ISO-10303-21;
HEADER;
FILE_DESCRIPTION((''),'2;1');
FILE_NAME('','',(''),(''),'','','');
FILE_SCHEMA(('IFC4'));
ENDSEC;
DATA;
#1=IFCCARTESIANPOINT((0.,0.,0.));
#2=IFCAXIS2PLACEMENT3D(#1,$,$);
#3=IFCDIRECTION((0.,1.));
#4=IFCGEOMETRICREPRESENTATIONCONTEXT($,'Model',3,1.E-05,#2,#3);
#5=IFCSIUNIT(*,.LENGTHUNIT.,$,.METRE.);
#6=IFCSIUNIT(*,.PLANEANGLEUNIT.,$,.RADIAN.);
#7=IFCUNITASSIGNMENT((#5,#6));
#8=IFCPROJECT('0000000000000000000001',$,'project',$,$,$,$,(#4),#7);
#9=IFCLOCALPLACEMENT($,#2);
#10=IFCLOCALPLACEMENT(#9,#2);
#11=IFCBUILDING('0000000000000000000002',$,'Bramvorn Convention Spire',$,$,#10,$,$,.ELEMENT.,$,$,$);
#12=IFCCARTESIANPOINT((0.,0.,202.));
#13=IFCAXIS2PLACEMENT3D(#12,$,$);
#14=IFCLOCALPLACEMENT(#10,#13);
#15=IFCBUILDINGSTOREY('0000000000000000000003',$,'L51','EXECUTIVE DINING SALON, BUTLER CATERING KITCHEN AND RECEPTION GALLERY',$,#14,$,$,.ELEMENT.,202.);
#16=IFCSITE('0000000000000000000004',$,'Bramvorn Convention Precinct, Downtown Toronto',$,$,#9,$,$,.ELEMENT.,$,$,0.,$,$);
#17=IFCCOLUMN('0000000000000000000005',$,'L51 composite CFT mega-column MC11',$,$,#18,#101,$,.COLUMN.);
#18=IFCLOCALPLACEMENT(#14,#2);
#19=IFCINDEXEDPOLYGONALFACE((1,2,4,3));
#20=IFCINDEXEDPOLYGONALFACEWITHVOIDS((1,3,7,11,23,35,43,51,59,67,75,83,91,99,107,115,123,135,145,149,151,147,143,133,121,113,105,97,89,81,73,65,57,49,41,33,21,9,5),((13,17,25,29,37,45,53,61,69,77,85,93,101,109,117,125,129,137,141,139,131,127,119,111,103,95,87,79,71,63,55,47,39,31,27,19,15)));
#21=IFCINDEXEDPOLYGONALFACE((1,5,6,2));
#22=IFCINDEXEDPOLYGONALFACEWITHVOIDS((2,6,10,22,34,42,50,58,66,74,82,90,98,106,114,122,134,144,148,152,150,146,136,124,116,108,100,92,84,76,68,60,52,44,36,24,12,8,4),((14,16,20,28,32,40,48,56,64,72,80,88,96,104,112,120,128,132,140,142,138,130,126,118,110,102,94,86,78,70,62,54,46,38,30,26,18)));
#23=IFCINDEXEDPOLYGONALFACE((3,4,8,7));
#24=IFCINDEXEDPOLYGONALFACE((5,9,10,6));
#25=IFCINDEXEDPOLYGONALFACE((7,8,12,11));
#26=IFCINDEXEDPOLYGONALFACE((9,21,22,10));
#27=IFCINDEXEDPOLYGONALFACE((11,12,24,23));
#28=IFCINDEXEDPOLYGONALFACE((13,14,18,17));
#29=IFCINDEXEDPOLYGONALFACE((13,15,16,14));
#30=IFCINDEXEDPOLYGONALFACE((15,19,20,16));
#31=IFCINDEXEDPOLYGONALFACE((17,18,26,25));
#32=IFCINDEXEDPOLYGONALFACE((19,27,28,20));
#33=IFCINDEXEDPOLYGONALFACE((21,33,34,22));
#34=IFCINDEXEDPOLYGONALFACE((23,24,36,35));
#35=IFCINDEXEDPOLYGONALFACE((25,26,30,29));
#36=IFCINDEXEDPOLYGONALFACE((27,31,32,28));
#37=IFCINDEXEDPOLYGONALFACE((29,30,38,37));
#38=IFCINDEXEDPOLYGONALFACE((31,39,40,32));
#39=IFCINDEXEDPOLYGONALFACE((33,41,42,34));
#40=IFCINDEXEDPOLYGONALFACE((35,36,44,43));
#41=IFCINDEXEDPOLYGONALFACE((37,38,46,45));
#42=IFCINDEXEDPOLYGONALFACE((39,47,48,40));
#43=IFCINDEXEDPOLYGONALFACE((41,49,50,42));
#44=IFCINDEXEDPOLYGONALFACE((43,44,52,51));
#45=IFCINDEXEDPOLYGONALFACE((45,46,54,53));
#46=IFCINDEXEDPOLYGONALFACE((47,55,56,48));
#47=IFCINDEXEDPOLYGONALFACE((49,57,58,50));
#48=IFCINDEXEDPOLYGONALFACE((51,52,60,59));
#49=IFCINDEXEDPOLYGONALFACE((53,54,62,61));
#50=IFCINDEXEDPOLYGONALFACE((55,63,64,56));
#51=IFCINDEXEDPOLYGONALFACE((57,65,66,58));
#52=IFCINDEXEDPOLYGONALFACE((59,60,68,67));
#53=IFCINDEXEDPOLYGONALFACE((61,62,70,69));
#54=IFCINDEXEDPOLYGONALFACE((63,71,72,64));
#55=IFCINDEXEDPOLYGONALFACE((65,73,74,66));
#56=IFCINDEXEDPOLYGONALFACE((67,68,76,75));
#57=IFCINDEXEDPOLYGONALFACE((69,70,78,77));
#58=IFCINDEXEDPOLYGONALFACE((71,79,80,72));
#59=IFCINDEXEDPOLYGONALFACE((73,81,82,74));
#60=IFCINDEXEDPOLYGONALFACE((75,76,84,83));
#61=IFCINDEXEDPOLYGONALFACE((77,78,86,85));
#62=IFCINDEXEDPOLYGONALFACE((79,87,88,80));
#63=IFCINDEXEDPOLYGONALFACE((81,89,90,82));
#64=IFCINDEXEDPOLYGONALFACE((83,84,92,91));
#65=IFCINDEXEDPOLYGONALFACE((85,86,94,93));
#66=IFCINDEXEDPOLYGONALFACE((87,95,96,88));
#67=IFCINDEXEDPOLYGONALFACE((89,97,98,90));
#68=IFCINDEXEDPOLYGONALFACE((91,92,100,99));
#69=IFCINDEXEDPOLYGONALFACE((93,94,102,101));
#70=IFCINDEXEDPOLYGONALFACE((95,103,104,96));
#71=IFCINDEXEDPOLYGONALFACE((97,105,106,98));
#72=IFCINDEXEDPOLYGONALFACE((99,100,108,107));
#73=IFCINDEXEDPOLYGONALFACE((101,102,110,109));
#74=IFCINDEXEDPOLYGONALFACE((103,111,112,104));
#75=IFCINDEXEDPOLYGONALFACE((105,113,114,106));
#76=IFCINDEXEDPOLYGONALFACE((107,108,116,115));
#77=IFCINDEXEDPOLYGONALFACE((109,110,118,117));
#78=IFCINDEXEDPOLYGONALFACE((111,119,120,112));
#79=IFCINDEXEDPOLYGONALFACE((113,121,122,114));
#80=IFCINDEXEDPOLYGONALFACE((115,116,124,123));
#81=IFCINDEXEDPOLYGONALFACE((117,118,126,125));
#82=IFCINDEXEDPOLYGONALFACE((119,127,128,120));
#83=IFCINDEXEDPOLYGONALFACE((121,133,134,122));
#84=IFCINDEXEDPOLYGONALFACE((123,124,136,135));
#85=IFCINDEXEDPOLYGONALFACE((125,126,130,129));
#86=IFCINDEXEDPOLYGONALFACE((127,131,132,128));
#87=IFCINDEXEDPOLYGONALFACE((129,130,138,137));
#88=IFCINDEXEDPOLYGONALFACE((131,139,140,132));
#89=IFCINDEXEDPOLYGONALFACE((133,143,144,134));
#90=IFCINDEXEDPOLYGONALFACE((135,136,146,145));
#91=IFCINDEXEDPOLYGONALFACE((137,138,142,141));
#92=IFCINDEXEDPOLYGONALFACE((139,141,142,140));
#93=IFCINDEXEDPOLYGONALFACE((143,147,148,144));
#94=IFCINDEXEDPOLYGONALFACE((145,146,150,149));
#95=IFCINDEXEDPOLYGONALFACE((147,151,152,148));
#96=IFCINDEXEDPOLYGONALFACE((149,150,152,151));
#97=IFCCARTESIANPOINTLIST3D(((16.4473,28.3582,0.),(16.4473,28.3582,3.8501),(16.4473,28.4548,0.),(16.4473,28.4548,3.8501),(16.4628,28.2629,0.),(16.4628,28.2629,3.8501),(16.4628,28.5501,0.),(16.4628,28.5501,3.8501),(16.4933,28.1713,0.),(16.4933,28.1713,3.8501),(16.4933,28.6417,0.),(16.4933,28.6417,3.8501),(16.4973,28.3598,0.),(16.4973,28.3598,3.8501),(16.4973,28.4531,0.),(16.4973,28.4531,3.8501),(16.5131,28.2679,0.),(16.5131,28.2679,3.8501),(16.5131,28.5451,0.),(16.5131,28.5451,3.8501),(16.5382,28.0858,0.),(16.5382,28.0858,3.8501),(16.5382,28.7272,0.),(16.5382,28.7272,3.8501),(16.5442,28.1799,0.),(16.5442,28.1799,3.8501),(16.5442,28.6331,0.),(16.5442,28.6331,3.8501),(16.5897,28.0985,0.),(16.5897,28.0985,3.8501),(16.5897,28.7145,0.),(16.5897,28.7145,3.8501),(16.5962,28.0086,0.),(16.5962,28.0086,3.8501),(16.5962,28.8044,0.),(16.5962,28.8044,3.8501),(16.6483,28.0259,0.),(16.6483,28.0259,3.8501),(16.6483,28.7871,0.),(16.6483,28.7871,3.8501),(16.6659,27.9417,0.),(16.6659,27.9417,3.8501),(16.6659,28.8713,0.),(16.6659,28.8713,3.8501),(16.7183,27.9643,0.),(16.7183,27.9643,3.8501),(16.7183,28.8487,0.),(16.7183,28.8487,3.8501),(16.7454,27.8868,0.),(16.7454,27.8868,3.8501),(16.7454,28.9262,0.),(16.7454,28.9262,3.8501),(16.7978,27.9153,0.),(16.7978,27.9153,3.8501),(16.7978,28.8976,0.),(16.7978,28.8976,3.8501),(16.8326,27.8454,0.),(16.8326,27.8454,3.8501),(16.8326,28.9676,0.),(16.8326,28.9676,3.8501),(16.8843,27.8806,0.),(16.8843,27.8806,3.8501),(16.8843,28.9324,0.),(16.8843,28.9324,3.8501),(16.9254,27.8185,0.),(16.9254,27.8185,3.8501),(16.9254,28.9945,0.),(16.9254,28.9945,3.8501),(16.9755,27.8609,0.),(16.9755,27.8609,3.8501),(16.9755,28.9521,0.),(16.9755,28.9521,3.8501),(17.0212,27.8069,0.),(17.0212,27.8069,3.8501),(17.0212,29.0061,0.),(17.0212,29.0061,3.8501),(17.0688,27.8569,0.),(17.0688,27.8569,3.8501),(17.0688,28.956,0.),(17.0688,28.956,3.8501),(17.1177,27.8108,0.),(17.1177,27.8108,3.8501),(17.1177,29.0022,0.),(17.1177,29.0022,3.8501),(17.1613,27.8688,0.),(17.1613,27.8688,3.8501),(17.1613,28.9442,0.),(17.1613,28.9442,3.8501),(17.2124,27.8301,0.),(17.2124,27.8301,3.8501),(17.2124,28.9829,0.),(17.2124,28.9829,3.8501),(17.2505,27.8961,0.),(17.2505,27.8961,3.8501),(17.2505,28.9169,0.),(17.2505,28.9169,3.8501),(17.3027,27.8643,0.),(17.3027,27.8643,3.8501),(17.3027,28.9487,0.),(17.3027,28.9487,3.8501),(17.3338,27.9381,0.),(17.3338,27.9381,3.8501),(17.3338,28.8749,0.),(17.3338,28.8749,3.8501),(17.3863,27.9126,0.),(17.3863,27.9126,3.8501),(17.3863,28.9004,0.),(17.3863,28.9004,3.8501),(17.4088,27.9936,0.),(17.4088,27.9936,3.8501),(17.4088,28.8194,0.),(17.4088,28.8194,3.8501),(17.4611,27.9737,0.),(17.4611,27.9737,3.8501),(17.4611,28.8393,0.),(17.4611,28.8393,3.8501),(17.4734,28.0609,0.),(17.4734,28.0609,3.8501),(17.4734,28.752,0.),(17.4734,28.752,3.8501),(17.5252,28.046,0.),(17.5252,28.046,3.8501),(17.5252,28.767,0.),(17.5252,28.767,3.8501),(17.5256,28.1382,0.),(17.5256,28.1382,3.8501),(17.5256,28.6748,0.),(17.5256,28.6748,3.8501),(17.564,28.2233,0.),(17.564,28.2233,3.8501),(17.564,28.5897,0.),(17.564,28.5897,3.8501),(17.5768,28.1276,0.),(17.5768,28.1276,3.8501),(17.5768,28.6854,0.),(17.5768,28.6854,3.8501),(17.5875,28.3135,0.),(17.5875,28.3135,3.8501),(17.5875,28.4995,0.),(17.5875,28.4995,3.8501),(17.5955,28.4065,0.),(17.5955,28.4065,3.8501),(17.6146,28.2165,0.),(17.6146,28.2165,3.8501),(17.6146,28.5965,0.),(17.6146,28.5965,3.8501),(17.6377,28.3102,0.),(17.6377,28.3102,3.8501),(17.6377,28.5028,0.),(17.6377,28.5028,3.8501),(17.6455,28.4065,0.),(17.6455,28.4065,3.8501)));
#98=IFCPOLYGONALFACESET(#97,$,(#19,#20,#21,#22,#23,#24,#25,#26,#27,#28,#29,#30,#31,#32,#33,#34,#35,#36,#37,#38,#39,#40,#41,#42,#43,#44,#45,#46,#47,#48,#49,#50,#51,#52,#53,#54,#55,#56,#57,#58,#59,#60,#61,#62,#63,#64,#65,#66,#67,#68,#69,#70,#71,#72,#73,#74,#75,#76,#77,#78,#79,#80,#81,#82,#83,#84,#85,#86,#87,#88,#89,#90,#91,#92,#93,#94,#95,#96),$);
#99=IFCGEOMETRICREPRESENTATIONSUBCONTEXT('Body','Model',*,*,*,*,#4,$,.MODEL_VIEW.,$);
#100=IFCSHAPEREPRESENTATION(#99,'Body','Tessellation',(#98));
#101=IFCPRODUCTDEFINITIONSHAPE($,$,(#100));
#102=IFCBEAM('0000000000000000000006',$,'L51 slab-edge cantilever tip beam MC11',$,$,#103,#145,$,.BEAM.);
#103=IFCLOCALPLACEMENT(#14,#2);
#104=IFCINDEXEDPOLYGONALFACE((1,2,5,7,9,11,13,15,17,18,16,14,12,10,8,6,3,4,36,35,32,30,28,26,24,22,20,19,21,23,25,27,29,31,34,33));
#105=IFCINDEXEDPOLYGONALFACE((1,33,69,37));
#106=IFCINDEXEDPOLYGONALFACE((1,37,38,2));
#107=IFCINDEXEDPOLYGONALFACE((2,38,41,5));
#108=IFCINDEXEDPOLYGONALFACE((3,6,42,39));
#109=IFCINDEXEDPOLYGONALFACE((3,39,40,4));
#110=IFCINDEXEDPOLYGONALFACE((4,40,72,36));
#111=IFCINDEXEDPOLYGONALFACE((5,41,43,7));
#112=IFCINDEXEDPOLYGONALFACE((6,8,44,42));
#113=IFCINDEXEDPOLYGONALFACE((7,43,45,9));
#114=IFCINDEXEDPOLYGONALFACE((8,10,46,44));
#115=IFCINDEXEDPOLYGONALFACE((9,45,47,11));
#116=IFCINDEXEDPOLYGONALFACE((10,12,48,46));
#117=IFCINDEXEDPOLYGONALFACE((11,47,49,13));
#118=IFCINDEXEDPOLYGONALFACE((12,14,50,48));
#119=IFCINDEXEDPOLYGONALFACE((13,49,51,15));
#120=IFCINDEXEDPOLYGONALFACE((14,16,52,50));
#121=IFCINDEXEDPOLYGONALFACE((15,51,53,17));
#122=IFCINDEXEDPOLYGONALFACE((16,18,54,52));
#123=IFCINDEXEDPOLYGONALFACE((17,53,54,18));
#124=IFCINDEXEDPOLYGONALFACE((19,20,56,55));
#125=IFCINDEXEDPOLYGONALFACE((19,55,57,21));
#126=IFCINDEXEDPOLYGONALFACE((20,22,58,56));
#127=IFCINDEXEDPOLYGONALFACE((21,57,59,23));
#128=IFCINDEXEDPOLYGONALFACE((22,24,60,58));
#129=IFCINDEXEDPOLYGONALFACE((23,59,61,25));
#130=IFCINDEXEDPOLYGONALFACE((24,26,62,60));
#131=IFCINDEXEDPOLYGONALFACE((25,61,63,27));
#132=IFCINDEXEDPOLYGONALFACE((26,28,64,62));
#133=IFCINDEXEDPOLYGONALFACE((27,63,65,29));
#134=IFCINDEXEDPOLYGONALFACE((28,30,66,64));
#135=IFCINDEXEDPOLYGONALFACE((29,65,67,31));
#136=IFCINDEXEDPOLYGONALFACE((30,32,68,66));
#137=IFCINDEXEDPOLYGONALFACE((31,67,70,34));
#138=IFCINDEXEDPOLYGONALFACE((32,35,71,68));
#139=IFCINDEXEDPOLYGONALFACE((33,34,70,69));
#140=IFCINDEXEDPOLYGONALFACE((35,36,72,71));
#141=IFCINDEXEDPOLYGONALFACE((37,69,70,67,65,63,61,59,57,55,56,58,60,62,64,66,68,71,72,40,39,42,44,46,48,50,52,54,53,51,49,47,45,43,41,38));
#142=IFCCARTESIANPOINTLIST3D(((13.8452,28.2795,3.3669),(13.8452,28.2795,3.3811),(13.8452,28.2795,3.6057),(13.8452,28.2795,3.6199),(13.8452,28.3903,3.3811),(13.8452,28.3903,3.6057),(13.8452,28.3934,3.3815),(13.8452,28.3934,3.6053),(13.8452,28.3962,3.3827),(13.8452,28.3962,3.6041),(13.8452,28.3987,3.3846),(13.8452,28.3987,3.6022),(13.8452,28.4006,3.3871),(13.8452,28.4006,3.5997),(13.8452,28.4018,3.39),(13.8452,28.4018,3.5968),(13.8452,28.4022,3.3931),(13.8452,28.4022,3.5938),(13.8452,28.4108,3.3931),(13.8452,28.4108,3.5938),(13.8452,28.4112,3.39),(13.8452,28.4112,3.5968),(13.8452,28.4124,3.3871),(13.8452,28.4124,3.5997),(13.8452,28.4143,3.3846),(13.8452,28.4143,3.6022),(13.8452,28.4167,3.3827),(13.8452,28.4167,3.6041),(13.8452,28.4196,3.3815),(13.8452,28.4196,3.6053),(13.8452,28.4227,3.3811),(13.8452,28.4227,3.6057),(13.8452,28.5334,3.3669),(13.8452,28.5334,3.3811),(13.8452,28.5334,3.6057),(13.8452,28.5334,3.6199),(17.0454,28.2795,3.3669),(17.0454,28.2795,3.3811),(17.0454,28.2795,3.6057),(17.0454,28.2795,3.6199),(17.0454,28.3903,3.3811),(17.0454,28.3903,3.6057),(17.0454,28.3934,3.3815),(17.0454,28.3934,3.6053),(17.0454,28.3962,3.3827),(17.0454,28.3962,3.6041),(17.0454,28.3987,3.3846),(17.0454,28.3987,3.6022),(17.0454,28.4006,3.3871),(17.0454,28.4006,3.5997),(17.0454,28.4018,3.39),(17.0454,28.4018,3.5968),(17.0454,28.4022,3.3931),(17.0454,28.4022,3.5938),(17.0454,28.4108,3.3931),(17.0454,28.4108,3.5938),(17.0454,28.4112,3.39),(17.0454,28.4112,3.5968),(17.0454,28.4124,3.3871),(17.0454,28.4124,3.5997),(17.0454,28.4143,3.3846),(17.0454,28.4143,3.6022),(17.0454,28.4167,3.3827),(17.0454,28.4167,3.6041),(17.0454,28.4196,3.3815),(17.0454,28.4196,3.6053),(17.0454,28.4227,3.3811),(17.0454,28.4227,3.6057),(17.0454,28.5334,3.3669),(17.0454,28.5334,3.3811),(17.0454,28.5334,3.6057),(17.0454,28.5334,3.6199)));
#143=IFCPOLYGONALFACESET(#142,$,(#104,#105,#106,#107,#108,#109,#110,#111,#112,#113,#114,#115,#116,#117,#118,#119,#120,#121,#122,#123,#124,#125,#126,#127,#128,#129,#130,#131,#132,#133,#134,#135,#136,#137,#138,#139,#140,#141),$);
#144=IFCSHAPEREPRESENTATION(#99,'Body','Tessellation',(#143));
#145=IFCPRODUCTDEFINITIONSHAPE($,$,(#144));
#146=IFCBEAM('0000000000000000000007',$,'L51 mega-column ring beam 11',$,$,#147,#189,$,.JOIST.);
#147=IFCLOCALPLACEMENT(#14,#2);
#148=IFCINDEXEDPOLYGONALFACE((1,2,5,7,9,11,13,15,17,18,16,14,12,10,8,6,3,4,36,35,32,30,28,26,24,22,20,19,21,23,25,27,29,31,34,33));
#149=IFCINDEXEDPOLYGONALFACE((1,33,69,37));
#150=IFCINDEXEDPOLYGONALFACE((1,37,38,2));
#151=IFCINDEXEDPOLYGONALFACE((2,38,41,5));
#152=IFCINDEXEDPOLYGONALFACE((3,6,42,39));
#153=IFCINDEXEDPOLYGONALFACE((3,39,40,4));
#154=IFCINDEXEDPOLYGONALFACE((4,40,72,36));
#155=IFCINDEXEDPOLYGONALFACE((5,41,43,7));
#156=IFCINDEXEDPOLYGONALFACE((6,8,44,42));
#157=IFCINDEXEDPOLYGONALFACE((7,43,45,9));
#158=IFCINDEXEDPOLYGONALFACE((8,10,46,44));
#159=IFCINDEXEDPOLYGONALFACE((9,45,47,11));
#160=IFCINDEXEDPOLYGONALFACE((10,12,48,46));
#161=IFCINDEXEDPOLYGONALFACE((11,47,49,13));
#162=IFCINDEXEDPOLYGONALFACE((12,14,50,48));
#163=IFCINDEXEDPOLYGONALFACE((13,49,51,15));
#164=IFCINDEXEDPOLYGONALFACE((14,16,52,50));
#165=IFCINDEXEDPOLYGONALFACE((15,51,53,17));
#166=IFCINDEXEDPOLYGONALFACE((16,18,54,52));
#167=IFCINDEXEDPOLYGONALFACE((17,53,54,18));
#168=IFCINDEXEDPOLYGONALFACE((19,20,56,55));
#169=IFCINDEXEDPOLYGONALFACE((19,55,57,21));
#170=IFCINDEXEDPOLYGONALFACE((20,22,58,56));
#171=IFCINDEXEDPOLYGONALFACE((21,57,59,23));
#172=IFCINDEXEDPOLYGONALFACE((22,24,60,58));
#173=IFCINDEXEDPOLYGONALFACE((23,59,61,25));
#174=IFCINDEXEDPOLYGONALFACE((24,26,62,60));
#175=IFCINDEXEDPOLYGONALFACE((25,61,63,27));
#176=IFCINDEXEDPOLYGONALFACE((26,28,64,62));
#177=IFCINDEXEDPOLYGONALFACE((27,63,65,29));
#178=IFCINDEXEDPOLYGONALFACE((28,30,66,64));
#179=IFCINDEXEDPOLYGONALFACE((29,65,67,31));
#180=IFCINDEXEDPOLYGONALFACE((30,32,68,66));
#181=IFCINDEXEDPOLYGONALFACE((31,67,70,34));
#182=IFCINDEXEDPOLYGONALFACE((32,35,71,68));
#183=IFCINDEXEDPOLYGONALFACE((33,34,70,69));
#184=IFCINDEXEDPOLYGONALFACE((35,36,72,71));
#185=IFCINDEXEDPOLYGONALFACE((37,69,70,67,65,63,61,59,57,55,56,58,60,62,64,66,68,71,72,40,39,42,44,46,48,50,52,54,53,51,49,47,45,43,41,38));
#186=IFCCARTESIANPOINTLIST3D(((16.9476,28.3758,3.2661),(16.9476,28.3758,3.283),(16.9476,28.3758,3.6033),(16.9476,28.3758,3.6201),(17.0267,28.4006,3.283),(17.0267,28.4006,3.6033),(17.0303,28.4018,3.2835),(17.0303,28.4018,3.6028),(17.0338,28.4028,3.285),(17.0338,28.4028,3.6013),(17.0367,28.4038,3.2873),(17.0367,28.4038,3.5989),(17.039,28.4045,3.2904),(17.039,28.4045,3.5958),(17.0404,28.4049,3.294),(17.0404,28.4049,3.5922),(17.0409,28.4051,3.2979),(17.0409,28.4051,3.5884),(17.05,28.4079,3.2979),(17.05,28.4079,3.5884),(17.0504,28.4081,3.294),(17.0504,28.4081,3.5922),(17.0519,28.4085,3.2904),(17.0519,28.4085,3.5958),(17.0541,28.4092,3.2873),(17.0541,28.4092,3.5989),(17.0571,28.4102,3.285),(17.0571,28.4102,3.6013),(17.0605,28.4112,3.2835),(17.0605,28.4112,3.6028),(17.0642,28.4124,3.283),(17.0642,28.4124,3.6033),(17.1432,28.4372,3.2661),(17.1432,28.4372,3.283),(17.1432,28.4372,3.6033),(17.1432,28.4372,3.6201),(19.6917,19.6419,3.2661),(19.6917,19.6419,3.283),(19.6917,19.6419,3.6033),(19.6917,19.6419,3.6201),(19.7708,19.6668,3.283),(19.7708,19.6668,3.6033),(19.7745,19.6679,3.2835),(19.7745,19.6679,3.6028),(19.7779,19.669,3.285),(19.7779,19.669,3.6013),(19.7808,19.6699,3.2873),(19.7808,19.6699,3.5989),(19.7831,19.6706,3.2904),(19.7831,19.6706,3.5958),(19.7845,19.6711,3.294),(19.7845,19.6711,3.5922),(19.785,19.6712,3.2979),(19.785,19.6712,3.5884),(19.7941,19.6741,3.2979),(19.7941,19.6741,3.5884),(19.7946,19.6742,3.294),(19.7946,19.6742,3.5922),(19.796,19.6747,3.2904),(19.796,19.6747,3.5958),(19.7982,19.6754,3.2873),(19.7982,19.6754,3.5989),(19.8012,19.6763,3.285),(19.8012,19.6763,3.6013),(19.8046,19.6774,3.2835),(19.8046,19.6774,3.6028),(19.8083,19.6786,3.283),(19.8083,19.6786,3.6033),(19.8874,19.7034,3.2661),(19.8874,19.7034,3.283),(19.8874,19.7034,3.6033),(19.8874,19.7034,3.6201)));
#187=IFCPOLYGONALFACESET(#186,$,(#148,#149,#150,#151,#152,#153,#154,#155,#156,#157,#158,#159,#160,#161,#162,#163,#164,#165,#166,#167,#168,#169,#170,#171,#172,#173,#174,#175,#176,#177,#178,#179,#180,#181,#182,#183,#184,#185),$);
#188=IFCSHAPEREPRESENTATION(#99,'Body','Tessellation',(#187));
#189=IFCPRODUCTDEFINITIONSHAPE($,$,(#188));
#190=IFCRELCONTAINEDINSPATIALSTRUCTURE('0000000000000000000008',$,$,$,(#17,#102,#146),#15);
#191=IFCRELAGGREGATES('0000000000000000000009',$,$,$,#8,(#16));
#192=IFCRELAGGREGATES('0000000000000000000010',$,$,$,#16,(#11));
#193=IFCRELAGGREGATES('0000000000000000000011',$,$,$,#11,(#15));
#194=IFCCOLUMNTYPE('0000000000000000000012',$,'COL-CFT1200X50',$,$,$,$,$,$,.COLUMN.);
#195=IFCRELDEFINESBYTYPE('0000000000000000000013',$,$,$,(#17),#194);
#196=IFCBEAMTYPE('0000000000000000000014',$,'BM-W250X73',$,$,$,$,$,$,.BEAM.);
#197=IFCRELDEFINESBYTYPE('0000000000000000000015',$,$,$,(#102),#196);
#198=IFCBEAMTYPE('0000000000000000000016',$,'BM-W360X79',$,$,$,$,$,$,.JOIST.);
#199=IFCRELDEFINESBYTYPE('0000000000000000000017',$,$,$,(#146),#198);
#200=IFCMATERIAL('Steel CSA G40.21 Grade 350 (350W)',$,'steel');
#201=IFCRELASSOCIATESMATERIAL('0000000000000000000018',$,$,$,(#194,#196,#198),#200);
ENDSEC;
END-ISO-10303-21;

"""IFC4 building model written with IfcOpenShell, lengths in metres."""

from ifc_helpers import new_model, si_unit, direction, frame, origin, origin_2d, place, context, subcontext, project, spatial, hollow_circle, i_section, extrude, material, material_profile, profile_set, type_object, element, save


model = new_model("IFC4")

# Units and contexts
model_context = context("Model", 3, precision=1e-05, world=origin(), true_north=direction((0.0, 1.0)))
body_context = subcontext(model_context, "Body", "Model", "MODEL_VIEW")
ifc_project = project(units=[si_unit("LENGTHUNIT", "METRE"), si_unit("PLANEANGLEUNIT", "RADIAN")], contexts=[model_context])

# Site, building, storey
site_placement = place(None, origin())
site = spatial("IfcSite", under=ifc_project, at=site_placement, Name="Bramvorn Convention Precinct, Downtown Toronto", CompositionType="ELEMENT", RefElevation=0.0)
building_placement = place(site_placement, origin())
building = spatial("IfcBuilding", under=site, at=building_placement, Name="Bramvorn Convention Spire", CompositionType="ELEMENT")
storey_placement = place(building_placement, frame((0.0, 0.0, 202.0)))
storey = spatial("IfcBuildingStorey", under=building, at=storey_placement, Name="L51", Description="EXECUTIVE DINING SALON, BUTLER CATERING KITCHEN AND RECEPTION GALLERY", CompositionType="ELEMENT", Elevation=202.0)

# Column
ifc_material_1 = material(Name="Steel CSA G40.21 Grade 350 (350W)", Category="steel")
ifc_material_profile_1 = material_profile(ifc_material_1, hollow_circle(Radius=0.6001, WallThickness=0.05, at=origin_2d()))
ifc_profile_set_1 = profile_set([ifc_material_profile_1], Name="Steel CSA G40.21 Grade 350 (350W) - CFT1200X50")
column_type = type_object("IfcColumnType", Name="COL-CFT1200X50", PredefinedType="COLUMN", material=ifc_profile_set_1)
column_placement = place(storey_placement, frame((17.0454, 28.4065, 0.0), z_axis=(0.0, 0.0, 1.0), x_axis=(1.0, 0.0, 0.0)))
element("IfcColumn", 1, at=column_placement, inside=storey, type_object=column_type, Name="L51 composite CFT mega-column MC11", PredefinedType="COLUMN", context=body_context, shape_type="SweptSolid", body=[
    extrude(hollow_circle(Radius=0.6001, WallThickness=0.05, at=origin_2d()), origin(), (0.0, 0.0, 1.0), 3.8501),
])

# Beams
ifc_material_profile_2 = material_profile(ifc_material_1, i_section(OverallWidth=0.2539, OverallDepth=0.2529, WebThickness=0.0085, FlangeThickness=0.0142, FilletRadius=0.012, at=origin_2d()))
ifc_profile_set_2 = profile_set([ifc_material_profile_2], Name="Steel CSA G40.21 Grade 350 (350W) - W250X73")
beam_type_1 = type_object("IfcBeamType", Name="BM-W250X73", PredefinedType="BEAM", material=ifc_profile_set_2)
beam_1_placement = place(storey_placement, frame((17.0454, 28.4065, 3.4934), z_axis=(-1.0, 0.0, 0.0), x_axis=(0.0, -1.0, 0.0)))
element("IfcBeam", 2, at=beam_1_placement, inside=storey, type_object=beam_type_1, Name="L51 slab-edge cantilever tip beam MC11", PredefinedType="BEAM", context=body_context, shape_type="SweptSolid", body=[
    extrude(i_section(OverallWidth=0.2539, OverallDepth=0.2529, WebThickness=0.0085, FlangeThickness=0.0142, FilletRadius=0.012, at=origin_2d()), origin(), (0.0, 0.0, 1.0), 3.2002),
])
ifc_material_profile_3 = material_profile(ifc_material_1, i_section(OverallWidth=0.2051, OverallDepth=0.354, WebThickness=0.0095, FlangeThickness=0.0168, FilletRadius=0.0149, at=origin_2d()))
ifc_profile_set_3 = profile_set([ifc_material_profile_3], Name="Steel CSA G40.21 Grade 350 (350W) - W360X79")
beam_type_2 = type_object("IfcBeamType", Name="BM-W360X79", PredefinedType="JOIST", material=ifc_profile_set_3)
beam_2_placement = place(storey_placement, frame((17.0454, 28.4065, 3.4431), z_axis=(0.299748, -0.954019, 0.0), x_axis=(0.954019, 0.299748, 0.0)))
element("IfcBeam", 3, at=beam_2_placement, inside=storey, type_object=beam_type_2, Name="L51 mega-column ring beam 11", PredefinedType="JOIST", context=body_context, shape_type="SweptSolid", body=[
    extrude(i_section(OverallWidth=0.2051, OverallDepth=0.354, WebThickness=0.0095, FlangeThickness=0.0168, FilletRadius=0.0149, at=origin_2d()), origin(), (0.0, 0.0, 1.0), 9.1548),
])

save(model, "model.ifc")
